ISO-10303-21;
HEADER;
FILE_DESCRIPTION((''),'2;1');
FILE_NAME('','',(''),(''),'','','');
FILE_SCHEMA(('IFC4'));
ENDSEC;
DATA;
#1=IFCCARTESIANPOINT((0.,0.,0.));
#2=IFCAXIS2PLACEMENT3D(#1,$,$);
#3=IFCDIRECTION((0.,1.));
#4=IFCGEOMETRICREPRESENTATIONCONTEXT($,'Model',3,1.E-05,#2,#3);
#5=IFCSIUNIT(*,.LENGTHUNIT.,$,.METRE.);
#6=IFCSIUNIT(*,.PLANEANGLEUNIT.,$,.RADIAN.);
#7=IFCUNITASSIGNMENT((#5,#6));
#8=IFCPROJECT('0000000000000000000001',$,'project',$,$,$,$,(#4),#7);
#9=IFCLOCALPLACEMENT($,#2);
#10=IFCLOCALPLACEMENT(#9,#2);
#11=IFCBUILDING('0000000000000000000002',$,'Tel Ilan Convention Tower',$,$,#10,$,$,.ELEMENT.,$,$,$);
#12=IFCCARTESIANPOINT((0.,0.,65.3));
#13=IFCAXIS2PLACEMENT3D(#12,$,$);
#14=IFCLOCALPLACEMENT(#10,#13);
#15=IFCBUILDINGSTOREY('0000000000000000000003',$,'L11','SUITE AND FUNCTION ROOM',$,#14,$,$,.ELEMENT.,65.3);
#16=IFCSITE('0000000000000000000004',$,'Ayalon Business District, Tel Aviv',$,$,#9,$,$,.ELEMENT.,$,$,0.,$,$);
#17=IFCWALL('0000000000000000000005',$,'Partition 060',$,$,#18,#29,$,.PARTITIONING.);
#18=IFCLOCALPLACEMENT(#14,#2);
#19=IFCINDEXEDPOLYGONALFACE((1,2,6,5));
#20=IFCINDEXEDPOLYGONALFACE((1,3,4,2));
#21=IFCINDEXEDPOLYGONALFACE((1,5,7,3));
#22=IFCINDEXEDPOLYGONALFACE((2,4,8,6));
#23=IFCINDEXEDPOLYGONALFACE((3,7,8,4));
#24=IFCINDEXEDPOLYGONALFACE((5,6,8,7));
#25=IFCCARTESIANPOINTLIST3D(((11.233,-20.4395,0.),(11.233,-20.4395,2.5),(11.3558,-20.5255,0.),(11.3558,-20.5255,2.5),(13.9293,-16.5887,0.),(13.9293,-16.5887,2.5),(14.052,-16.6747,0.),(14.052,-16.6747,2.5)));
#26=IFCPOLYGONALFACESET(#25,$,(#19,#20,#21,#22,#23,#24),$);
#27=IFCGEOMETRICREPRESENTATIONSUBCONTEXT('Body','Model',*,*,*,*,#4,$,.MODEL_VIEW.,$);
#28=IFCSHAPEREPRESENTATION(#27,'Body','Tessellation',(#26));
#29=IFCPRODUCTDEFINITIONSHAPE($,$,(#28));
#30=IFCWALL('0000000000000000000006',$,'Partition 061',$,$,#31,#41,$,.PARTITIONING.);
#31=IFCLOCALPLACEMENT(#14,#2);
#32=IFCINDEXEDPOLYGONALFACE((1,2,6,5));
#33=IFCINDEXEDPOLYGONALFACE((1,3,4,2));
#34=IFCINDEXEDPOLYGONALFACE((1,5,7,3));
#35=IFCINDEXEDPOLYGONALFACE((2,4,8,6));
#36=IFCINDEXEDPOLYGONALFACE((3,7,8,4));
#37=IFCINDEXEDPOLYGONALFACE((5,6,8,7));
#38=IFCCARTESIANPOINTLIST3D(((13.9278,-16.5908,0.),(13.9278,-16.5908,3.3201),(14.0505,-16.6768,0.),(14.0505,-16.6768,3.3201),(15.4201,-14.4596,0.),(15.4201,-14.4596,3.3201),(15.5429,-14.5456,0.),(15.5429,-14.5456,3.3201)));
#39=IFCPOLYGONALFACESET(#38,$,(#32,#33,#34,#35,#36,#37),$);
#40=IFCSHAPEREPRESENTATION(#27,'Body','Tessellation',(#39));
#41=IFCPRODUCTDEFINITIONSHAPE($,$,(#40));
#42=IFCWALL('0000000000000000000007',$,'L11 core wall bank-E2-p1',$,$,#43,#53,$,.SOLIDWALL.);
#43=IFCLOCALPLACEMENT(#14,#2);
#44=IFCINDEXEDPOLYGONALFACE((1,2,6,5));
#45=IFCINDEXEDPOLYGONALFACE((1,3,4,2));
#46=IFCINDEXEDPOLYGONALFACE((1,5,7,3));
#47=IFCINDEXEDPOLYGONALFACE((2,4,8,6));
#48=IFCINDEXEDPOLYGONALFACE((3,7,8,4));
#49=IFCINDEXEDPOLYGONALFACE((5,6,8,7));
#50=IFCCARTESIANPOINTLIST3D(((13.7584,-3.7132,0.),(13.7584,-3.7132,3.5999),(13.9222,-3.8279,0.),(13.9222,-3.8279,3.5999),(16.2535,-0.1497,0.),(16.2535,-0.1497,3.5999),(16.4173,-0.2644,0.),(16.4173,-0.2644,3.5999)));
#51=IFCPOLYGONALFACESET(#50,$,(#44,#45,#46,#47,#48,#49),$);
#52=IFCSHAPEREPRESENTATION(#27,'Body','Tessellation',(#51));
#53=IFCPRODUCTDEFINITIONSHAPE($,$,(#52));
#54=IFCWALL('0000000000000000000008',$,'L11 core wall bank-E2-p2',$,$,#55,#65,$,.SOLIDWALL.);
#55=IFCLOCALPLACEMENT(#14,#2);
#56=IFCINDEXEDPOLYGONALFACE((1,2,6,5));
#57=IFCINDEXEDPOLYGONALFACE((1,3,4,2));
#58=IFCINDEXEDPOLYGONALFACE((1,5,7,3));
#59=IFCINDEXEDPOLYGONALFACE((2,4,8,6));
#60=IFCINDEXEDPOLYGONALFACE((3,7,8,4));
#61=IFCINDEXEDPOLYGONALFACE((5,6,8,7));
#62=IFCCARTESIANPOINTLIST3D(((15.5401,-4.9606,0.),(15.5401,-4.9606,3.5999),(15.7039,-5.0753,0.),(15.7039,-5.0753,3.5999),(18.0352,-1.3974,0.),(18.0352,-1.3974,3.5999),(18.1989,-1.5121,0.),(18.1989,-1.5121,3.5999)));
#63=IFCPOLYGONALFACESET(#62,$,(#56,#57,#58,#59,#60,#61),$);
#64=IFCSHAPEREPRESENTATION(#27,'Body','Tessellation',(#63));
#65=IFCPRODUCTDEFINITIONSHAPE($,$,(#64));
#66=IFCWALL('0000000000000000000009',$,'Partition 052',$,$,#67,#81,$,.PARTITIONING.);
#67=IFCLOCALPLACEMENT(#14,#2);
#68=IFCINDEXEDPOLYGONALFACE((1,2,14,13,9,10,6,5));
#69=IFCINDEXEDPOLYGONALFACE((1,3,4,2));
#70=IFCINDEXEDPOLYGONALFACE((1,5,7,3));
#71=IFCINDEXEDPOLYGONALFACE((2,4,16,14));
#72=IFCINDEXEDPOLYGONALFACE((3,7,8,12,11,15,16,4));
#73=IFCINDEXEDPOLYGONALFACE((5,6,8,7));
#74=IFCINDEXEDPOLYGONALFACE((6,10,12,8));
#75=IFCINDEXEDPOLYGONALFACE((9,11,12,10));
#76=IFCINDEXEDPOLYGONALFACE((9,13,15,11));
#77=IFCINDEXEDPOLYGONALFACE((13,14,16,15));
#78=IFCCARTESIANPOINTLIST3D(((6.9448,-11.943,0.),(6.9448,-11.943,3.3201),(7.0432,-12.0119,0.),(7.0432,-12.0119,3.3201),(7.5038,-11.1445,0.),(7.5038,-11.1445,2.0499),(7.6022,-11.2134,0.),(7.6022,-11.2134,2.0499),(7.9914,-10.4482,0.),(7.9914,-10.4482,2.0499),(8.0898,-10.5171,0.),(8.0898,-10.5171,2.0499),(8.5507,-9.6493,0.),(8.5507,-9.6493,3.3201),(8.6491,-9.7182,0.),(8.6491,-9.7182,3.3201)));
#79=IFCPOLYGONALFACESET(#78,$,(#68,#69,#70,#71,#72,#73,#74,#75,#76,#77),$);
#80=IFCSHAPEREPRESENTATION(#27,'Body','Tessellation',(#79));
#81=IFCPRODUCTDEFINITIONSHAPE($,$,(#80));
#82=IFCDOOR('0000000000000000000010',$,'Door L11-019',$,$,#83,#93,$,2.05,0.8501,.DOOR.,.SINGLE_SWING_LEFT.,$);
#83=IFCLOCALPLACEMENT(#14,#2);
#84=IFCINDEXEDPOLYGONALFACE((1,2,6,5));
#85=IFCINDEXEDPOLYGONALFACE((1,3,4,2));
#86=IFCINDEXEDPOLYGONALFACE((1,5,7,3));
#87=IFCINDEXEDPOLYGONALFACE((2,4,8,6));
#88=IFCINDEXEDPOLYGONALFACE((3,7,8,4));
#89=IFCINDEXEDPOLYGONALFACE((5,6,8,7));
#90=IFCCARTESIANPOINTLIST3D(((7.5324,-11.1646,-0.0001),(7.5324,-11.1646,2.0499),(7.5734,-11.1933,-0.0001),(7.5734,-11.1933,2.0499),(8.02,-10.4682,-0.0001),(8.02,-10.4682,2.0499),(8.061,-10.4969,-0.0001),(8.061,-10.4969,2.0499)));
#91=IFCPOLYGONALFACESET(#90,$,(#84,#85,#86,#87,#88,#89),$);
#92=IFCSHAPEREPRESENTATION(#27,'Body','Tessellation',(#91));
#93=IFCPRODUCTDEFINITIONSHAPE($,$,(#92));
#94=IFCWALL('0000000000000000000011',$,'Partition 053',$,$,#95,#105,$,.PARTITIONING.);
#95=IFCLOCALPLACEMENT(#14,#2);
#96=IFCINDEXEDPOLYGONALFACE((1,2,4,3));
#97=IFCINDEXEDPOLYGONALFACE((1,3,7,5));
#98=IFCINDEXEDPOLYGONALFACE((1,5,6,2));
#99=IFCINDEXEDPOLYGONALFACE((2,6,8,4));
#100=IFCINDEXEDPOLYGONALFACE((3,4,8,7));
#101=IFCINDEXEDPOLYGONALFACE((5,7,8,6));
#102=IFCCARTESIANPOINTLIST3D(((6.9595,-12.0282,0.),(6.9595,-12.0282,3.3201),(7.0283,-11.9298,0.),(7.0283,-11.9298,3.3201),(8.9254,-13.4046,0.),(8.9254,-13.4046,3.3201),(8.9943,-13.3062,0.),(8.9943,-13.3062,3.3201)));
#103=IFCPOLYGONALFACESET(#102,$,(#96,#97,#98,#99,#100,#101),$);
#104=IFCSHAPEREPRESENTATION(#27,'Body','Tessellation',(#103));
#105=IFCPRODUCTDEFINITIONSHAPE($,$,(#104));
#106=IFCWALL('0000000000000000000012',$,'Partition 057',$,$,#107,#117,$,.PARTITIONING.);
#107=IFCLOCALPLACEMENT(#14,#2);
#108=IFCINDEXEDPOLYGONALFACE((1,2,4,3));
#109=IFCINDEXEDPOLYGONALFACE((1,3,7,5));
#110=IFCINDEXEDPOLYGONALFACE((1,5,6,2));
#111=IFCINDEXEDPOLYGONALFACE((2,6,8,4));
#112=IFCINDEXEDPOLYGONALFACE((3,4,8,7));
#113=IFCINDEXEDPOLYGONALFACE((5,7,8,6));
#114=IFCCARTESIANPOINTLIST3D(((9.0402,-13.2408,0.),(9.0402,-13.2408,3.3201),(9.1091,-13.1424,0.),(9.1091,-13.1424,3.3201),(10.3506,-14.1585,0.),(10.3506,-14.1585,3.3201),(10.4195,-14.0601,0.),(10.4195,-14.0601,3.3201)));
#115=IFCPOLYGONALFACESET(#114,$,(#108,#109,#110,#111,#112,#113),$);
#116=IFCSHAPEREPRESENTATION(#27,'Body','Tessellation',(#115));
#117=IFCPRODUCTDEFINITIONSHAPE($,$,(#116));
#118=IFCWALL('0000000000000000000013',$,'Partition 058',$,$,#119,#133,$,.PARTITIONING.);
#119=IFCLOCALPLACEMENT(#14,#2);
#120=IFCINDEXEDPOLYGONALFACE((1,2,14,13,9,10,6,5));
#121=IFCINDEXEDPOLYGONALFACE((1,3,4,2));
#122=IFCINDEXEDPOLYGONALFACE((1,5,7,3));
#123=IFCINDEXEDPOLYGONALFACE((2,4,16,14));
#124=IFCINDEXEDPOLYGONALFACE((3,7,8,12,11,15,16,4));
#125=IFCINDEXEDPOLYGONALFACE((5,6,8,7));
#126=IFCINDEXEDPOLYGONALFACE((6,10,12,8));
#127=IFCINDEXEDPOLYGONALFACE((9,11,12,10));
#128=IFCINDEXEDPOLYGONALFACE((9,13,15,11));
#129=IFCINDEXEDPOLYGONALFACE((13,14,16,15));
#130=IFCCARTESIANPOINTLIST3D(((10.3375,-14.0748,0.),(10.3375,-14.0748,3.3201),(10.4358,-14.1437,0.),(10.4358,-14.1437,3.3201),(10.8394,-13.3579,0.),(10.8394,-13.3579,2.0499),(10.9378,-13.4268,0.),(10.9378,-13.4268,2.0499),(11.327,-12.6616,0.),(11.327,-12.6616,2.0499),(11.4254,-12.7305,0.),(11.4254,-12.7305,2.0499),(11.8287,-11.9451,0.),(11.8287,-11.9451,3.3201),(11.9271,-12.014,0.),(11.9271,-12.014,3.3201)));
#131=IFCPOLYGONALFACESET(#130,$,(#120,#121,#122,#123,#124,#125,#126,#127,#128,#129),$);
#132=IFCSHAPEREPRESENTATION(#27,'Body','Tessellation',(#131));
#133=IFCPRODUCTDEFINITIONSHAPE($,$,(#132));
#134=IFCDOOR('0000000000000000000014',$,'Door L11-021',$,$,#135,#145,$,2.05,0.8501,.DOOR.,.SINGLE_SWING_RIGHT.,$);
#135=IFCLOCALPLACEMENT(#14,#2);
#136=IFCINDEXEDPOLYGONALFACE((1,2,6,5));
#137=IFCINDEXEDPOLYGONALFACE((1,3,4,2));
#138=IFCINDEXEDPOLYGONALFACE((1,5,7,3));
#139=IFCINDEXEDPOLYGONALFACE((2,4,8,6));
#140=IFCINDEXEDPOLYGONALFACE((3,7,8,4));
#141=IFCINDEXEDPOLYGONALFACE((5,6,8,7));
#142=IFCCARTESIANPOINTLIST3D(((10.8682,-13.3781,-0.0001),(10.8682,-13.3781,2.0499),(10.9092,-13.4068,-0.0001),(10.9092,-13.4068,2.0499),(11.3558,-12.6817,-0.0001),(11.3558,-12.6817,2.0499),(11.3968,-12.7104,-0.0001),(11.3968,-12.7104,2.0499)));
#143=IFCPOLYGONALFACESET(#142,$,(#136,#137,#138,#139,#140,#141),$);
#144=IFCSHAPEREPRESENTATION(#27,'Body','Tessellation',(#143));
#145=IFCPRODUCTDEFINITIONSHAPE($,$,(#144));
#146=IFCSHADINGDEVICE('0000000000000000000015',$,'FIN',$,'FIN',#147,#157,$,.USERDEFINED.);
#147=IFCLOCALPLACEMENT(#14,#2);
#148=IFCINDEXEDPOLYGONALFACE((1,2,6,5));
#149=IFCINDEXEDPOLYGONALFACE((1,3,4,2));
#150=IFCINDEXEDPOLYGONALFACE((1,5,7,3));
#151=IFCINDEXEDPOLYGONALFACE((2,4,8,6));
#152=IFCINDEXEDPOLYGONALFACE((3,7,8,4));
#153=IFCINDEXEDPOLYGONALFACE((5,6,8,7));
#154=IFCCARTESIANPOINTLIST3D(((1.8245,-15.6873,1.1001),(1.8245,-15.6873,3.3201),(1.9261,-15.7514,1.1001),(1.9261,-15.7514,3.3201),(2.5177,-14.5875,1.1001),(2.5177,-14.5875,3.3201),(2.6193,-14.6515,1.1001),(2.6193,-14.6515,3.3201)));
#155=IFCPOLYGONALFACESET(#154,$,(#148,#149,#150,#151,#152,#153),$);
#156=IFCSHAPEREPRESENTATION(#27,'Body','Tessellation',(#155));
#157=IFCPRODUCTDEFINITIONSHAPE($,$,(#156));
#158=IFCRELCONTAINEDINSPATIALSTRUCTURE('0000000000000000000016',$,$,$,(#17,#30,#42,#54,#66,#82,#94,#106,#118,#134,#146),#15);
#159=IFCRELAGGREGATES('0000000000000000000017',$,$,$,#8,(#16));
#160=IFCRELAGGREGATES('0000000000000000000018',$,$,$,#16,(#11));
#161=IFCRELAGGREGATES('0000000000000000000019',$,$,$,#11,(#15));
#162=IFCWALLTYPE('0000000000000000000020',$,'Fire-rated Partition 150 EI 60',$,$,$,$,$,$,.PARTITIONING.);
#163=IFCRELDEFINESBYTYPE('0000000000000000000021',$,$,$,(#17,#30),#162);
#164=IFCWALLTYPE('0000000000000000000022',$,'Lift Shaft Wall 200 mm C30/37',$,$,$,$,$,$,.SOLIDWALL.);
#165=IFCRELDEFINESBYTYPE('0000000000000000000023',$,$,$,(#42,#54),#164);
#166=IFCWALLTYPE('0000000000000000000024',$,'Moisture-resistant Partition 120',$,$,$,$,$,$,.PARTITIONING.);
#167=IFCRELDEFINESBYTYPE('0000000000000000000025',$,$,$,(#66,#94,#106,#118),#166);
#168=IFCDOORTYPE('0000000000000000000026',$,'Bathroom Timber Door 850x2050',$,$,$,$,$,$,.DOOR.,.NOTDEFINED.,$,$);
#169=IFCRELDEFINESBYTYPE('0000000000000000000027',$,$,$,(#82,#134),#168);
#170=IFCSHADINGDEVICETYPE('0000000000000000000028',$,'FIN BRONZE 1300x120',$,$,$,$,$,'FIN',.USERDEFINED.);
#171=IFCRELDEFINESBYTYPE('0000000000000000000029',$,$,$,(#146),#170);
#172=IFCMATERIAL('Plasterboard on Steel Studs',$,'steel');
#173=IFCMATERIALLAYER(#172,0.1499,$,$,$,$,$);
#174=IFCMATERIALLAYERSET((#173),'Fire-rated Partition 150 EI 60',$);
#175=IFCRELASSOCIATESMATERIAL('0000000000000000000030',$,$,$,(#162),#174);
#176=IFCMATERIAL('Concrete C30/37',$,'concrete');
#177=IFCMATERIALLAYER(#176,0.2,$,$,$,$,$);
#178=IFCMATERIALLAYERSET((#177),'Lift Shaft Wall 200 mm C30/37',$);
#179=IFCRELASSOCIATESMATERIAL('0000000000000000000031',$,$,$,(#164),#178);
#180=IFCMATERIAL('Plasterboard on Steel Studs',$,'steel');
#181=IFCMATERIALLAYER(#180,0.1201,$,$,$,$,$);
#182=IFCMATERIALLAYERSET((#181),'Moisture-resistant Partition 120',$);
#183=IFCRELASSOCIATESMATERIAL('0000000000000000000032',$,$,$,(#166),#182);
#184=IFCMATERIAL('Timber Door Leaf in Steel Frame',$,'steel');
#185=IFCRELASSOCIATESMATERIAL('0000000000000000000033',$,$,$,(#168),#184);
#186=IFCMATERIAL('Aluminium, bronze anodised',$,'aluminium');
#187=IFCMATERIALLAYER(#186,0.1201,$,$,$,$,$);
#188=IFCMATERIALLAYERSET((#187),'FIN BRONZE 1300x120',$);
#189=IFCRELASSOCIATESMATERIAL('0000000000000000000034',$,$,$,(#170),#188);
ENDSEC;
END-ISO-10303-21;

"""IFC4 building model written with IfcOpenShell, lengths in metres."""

from ifc_helpers import new_model, si_unit, direction, frame, frame_2d, origin, origin_2d, place, context, subcontext, project, spatial, rectangle, extrude, material, layer, layer_set, type_object, element, fill, save


model = new_model("IFC4")

# Units and contexts
model_context = context("Model", 3, precision=1e-05, world=origin(), true_north=direction((0.0, 1.0)))
body_context = subcontext(model_context, "Body", "Model", "MODEL_VIEW")
ifc_project = project(units=[si_unit("LENGTHUNIT", "METRE"), si_unit("PLANEANGLEUNIT", "RADIAN")], contexts=[model_context])

# Site, building, storey
site_placement = place(None, origin())
site = spatial("IfcSite", under=ifc_project, at=site_placement, Name="Ayalon Business District, Tel Aviv", CompositionType="ELEMENT", RefElevation=0.0)
building_placement = place(site_placement, origin())
building = spatial("IfcBuilding", under=site, at=building_placement, Name="Tel Ilan Convention Tower", CompositionType="ELEMENT")
storey_placement = place(building_placement, frame((0.0, 0.0, 65.3)))
storey = spatial("IfcBuildingStorey", under=building, at=storey_placement, Name="L11", Description="SUITE AND FUNCTION ROOM", CompositionType="ELEMENT", Elevation=65.3)

# Shared definitions
ifc_material_1 = material(Name="Plasterboard on Steel Studs", Category="steel")
ifc_layer_1 = layer(ifc_material_1, 0.1499)
ifc_layer_set_1 = layer_set([ifc_layer_1], Name="Fire-rated Partition 150 EI 60")
wall_type_1 = type_object("IfcWallType", Name="Fire-rated Partition 150 EI 60", PredefinedType="PARTITIONING", material=ifc_layer_set_1)

# Walls
wall_1_placement = place(storey_placement, frame((13.9907, -16.6316, 0.0), z_axis=(0.0, 0.0, 1.0), x_axis=(-0.573563, -0.819161, 0.0)))
element("IfcWall", 1, at=wall_1_placement, inside=storey, type_object=wall_type_1, Name="Partition 060", PredefinedType="PARTITIONING", context=body_context, shape_type="SweptSolid", body=[
    extrude(rectangle(XDim=4.7009, YDim=0.1499, at=frame_2d((2.3506, 0.0))), origin(), (0.0, 0.0, 1.0), 2.5),
])
wall_2_placement = place(storey_placement, frame((15.4814, -14.5027, 0.0), z_axis=(0.0, 0.0, 1.0), x_axis=(-0.573588, -0.819144, 0.0)))
element("IfcWall", 2, at=wall_2_placement, inside=storey, type_object=wall_type_1, Name="Partition 061", PredefinedType="PARTITIONING", context=body_context, shape_type="SweptSolid", body=[
    extrude(rectangle(XDim=2.6018, YDim=0.1499, at=frame_2d((1.3008, 0.0))), origin(), (0.0, 0.0, 1.0), 3.3201),
])
ifc_material_2 = material(Name="Concrete C30/37", Category="concrete")
ifc_layer_2 = layer(ifc_material_2, 0.2)
ifc_layer_set_2 = layer_set([ifc_layer_2], Name="Lift Shaft Wall 200 mm C30/37")
wall_type_2 = type_object("IfcWallType", Name="Lift Shaft Wall 200 mm C30/37", PredefinedType="SOLIDWALL", material=ifc_layer_set_2)
wall_3_placement = place(storey_placement, frame((13.8403, -3.7705, 0.0), z_axis=(0.0, 0.0, 1.0), x_axis=(0.573568, 0.819158, 0.0)))
element("IfcWall", 3, at=wall_3_placement, inside=storey, type_object=wall_type_2, Name="L11 core wall bank-E2-p1", PredefinedType="SOLIDWALL", context=body_context, shape_type="SweptSolid", body=[
    extrude(rectangle(XDim=4.3501, YDim=0.2, at=frame_2d((2.175, 0.0))), origin(), (0.0, 0.0, 1.0), 3.5999),
])
wall_4_placement = place(storey_placement, frame((15.6221, -5.0178, 0.0), z_axis=(0.0, 0.0, 1.0), x_axis=(0.573594, 0.81914, 0.0)))
element("IfcWall", 4, at=wall_4_placement, inside=storey, type_object=wall_type_2, Name="L11 core wall bank-E2-p2", PredefinedType="SOLIDWALL", context=body_context, shape_type="SweptSolid", body=[
    extrude(rectangle(XDim=4.3499, YDim=0.2, at=frame_2d((2.1748, 0.0))), origin(), (0.0, 0.0, 1.0), 3.5999),
])

# Wall, opening, door
ifc_material_3 = material(Name="Plasterboard on Steel Studs", Category="steel")
ifc_layer_3 = layer(ifc_material_3, 0.1201)
ifc_layer_set_3 = layer_set([ifc_layer_3], Name="Moisture-resistant Partition 120")
wall_type_3 = type_object("IfcWallType", Name="Moisture-resistant Partition 120", PredefinedType="PARTITIONING", material=ifc_layer_set_3)
wall_5_placement = place(storey_placement, frame((8.5999, -9.6838, 0.0), z_axis=(0.0, 0.0, 1.0), x_axis=(-0.57355, -0.81917, 0.0)))
wall_5 = element("IfcWall", 5, at=wall_5_placement, inside=storey, type_object=wall_type_3, Name="Partition 052", PredefinedType="PARTITIONING", context=body_context, shape_type="SweptSolid", body=[
    extrude(rectangle(XDim=2.8, YDim=0.1201, at=frame_2d((1.3999, 0.0))), origin(), (0.0, 0.0, 1.0), 3.3201),
])
opening_1_placement = place(wall_5_placement, frame((0.9751, 0.0, 0.0)))
opening_1 = element("IfcOpeningElement", 6, at=opening_1_placement, cuts=wall_5, PredefinedType="OPENING", context=body_context, shape_type="SweptSolid", body=[
    extrude(rectangle(XDim=0.8501, YDim=2.05, at=frame_2d((0.425, 1.0249))), frame((0.0, 0.0701, 0.0), z_axis=(0.0, -1.0, 0.0), x_axis=(1.0, 0.0, 0.0)), (0.0, 0.0, 1.0), 0.1401),
])
ifc_material_4 = material(Name="Timber Door Leaf in Steel Frame", Category="steel")
door_type_1 = type_object("IfcDoorType", Name="Bathroom Timber Door 850x2050", OperationType="NOTDEFINED", PredefinedType="DOOR", material=ifc_material_4)
door_1_placement = place(opening_1_placement, origin())
door_1 = element("IfcDoor", 7, at=door_1_placement, inside=storey, type_object=door_type_1, Name="Door L11-019", OperationType="SINGLE_SWING_LEFT", OverallHeight=2.05, OverallWidth=0.8501, PredefinedType="DOOR", context=body_context, shape_type="SweptSolid", body=[
    extrude(rectangle(XDim=0.8501, YDim=2.05, at=frame_2d((0.425, 1.0249))), frame((0.0, 0.0249, 0.0), z_axis=(0.0, -1.0, 0.0), x_axis=(1.0, 0.0, 0.0)), (0.0, 0.0, 1.0), 0.05),
])
fill(opening_1, door_1)

# Walls
wall_6_placement = place(storey_placement, frame((6.9939, -11.979, 0.0), z_axis=(0.0, 0.0, 1.0), x_axis=(0.819189, -0.573524, 0.0)))
element("IfcWall", 8, at=wall_6_placement, inside=storey, type_object=wall_type_3, Name="Partition 053", PredefinedType="PARTITIONING", context=body_context, shape_type="SweptSolid", body=[
    extrude(rectangle(XDim=2.3999, YDim=0.1201, at=frame_2d((1.2, 0.0))), origin(), (0.0, 0.0, 1.0), 3.3201),
])
wall_7_placement = place(storey_placement, frame((9.0747, -13.1917, 0.0), z_axis=(0.0, 0.0, 1.0), x_axis=(0.819132, -0.573606, 0.0)))
element("IfcWall", 9, at=wall_7_placement, inside=storey, type_object=wall_type_3, Name="Partition 057", PredefinedType="PARTITIONING", context=body_context, shape_type="SweptSolid", body=[
    extrude(rectangle(XDim=1.5999, YDim=0.1201, at=frame_2d((0.7998, 0.0))), origin(), (0.0, 0.0, 1.0), 3.3201),
])

# Wall, opening, door
wall_8_placement = place(storey_placement, frame((10.3867, -14.1091, 0.0), z_axis=(0.0, 0.0, 1.0), x_axis=(0.573582, 0.819148, 0.0)))
wall_8 = element("IfcWall", 10, at=wall_8_placement, inside=storey, type_object=wall_type_3, Name="Partition 058", PredefinedType="PARTITIONING", context=body_context, shape_type="SweptSolid", body=[
    extrude(rectangle(XDim=2.5999, YDim=0.1201, at=frame_2d((1.2998, 0.0))), origin(), (0.0, 0.0, 1.0), 3.3201),
])
opening_2_placement = place(wall_8_placement, frame((0.875, 0.0, 0.0)))
opening_2 = element("IfcOpeningElement", 11, at=opening_2_placement, cuts=wall_8, PredefinedType="OPENING", context=body_context, shape_type="SweptSolid", body=[
    extrude(rectangle(XDim=0.8501, YDim=2.05, at=frame_2d((0.425, 1.0249))), frame((0.0, 0.0701, 0.0), z_axis=(0.0, -1.0, 0.0), x_axis=(1.0, 0.0, 0.0)), (0.0, 0.0, 1.0), 0.1401),
])
door_2_placement = place(opening_2_placement, origin())
door_2 = element("IfcDoor", 12, at=door_2_placement, inside=storey, type_object=door_type_1, Name="Door L11-021", OperationType="SINGLE_SWING_RIGHT", OverallHeight=2.05, OverallWidth=0.8501, PredefinedType="DOOR", context=body_context, shape_type="SweptSolid", body=[
    extrude(rectangle(XDim=0.8501, YDim=2.05, at=frame_2d((0.425, 1.0249))), frame((0.0, 0.0249, 0.0), z_axis=(0.0, -1.0, 0.0), x_axis=(1.0, 0.0, 0.0)), (0.0, 0.0, 1.0), 0.05),
])
fill(opening_2, door_2)

# Shading device
ifc_material_5 = material(Name="Aluminium, bronze anodised", Category="aluminium")
ifc_layer_4 = layer(ifc_material_5, 0.1201)
ifc_layer_set_4 = layer_set([ifc_layer_4], Name="FIN BRONZE 1300x120")
shading_device_type = type_object("IfcShadingDeviceType", Name="FIN BRONZE 1300x120", ElementType="FIN", PredefinedType="USERDEFINED", material=ifc_layer_set_4)
shading_device_placement = place(storey_placement, frame((2.2219, -15.1694, 1.1001), z_axis=(0.0, 0.0, 1.0), x_axis=(-0.533204, -0.845986, 0.0)))
element("IfcShadingDevice", 13, at=shading_device_placement, inside=storey, type_object=shading_device_type, Name="FIN", ObjectType="FIN", PredefinedType="USERDEFINED", context=body_context, shape_type="SweptSolid", body=[
    extrude(rectangle(XDim=1.3, YDim=0.1201, at=origin_2d()), origin(), (0.0, 0.0, 1.0), 2.22),
])

save(model, "model.ifc")
